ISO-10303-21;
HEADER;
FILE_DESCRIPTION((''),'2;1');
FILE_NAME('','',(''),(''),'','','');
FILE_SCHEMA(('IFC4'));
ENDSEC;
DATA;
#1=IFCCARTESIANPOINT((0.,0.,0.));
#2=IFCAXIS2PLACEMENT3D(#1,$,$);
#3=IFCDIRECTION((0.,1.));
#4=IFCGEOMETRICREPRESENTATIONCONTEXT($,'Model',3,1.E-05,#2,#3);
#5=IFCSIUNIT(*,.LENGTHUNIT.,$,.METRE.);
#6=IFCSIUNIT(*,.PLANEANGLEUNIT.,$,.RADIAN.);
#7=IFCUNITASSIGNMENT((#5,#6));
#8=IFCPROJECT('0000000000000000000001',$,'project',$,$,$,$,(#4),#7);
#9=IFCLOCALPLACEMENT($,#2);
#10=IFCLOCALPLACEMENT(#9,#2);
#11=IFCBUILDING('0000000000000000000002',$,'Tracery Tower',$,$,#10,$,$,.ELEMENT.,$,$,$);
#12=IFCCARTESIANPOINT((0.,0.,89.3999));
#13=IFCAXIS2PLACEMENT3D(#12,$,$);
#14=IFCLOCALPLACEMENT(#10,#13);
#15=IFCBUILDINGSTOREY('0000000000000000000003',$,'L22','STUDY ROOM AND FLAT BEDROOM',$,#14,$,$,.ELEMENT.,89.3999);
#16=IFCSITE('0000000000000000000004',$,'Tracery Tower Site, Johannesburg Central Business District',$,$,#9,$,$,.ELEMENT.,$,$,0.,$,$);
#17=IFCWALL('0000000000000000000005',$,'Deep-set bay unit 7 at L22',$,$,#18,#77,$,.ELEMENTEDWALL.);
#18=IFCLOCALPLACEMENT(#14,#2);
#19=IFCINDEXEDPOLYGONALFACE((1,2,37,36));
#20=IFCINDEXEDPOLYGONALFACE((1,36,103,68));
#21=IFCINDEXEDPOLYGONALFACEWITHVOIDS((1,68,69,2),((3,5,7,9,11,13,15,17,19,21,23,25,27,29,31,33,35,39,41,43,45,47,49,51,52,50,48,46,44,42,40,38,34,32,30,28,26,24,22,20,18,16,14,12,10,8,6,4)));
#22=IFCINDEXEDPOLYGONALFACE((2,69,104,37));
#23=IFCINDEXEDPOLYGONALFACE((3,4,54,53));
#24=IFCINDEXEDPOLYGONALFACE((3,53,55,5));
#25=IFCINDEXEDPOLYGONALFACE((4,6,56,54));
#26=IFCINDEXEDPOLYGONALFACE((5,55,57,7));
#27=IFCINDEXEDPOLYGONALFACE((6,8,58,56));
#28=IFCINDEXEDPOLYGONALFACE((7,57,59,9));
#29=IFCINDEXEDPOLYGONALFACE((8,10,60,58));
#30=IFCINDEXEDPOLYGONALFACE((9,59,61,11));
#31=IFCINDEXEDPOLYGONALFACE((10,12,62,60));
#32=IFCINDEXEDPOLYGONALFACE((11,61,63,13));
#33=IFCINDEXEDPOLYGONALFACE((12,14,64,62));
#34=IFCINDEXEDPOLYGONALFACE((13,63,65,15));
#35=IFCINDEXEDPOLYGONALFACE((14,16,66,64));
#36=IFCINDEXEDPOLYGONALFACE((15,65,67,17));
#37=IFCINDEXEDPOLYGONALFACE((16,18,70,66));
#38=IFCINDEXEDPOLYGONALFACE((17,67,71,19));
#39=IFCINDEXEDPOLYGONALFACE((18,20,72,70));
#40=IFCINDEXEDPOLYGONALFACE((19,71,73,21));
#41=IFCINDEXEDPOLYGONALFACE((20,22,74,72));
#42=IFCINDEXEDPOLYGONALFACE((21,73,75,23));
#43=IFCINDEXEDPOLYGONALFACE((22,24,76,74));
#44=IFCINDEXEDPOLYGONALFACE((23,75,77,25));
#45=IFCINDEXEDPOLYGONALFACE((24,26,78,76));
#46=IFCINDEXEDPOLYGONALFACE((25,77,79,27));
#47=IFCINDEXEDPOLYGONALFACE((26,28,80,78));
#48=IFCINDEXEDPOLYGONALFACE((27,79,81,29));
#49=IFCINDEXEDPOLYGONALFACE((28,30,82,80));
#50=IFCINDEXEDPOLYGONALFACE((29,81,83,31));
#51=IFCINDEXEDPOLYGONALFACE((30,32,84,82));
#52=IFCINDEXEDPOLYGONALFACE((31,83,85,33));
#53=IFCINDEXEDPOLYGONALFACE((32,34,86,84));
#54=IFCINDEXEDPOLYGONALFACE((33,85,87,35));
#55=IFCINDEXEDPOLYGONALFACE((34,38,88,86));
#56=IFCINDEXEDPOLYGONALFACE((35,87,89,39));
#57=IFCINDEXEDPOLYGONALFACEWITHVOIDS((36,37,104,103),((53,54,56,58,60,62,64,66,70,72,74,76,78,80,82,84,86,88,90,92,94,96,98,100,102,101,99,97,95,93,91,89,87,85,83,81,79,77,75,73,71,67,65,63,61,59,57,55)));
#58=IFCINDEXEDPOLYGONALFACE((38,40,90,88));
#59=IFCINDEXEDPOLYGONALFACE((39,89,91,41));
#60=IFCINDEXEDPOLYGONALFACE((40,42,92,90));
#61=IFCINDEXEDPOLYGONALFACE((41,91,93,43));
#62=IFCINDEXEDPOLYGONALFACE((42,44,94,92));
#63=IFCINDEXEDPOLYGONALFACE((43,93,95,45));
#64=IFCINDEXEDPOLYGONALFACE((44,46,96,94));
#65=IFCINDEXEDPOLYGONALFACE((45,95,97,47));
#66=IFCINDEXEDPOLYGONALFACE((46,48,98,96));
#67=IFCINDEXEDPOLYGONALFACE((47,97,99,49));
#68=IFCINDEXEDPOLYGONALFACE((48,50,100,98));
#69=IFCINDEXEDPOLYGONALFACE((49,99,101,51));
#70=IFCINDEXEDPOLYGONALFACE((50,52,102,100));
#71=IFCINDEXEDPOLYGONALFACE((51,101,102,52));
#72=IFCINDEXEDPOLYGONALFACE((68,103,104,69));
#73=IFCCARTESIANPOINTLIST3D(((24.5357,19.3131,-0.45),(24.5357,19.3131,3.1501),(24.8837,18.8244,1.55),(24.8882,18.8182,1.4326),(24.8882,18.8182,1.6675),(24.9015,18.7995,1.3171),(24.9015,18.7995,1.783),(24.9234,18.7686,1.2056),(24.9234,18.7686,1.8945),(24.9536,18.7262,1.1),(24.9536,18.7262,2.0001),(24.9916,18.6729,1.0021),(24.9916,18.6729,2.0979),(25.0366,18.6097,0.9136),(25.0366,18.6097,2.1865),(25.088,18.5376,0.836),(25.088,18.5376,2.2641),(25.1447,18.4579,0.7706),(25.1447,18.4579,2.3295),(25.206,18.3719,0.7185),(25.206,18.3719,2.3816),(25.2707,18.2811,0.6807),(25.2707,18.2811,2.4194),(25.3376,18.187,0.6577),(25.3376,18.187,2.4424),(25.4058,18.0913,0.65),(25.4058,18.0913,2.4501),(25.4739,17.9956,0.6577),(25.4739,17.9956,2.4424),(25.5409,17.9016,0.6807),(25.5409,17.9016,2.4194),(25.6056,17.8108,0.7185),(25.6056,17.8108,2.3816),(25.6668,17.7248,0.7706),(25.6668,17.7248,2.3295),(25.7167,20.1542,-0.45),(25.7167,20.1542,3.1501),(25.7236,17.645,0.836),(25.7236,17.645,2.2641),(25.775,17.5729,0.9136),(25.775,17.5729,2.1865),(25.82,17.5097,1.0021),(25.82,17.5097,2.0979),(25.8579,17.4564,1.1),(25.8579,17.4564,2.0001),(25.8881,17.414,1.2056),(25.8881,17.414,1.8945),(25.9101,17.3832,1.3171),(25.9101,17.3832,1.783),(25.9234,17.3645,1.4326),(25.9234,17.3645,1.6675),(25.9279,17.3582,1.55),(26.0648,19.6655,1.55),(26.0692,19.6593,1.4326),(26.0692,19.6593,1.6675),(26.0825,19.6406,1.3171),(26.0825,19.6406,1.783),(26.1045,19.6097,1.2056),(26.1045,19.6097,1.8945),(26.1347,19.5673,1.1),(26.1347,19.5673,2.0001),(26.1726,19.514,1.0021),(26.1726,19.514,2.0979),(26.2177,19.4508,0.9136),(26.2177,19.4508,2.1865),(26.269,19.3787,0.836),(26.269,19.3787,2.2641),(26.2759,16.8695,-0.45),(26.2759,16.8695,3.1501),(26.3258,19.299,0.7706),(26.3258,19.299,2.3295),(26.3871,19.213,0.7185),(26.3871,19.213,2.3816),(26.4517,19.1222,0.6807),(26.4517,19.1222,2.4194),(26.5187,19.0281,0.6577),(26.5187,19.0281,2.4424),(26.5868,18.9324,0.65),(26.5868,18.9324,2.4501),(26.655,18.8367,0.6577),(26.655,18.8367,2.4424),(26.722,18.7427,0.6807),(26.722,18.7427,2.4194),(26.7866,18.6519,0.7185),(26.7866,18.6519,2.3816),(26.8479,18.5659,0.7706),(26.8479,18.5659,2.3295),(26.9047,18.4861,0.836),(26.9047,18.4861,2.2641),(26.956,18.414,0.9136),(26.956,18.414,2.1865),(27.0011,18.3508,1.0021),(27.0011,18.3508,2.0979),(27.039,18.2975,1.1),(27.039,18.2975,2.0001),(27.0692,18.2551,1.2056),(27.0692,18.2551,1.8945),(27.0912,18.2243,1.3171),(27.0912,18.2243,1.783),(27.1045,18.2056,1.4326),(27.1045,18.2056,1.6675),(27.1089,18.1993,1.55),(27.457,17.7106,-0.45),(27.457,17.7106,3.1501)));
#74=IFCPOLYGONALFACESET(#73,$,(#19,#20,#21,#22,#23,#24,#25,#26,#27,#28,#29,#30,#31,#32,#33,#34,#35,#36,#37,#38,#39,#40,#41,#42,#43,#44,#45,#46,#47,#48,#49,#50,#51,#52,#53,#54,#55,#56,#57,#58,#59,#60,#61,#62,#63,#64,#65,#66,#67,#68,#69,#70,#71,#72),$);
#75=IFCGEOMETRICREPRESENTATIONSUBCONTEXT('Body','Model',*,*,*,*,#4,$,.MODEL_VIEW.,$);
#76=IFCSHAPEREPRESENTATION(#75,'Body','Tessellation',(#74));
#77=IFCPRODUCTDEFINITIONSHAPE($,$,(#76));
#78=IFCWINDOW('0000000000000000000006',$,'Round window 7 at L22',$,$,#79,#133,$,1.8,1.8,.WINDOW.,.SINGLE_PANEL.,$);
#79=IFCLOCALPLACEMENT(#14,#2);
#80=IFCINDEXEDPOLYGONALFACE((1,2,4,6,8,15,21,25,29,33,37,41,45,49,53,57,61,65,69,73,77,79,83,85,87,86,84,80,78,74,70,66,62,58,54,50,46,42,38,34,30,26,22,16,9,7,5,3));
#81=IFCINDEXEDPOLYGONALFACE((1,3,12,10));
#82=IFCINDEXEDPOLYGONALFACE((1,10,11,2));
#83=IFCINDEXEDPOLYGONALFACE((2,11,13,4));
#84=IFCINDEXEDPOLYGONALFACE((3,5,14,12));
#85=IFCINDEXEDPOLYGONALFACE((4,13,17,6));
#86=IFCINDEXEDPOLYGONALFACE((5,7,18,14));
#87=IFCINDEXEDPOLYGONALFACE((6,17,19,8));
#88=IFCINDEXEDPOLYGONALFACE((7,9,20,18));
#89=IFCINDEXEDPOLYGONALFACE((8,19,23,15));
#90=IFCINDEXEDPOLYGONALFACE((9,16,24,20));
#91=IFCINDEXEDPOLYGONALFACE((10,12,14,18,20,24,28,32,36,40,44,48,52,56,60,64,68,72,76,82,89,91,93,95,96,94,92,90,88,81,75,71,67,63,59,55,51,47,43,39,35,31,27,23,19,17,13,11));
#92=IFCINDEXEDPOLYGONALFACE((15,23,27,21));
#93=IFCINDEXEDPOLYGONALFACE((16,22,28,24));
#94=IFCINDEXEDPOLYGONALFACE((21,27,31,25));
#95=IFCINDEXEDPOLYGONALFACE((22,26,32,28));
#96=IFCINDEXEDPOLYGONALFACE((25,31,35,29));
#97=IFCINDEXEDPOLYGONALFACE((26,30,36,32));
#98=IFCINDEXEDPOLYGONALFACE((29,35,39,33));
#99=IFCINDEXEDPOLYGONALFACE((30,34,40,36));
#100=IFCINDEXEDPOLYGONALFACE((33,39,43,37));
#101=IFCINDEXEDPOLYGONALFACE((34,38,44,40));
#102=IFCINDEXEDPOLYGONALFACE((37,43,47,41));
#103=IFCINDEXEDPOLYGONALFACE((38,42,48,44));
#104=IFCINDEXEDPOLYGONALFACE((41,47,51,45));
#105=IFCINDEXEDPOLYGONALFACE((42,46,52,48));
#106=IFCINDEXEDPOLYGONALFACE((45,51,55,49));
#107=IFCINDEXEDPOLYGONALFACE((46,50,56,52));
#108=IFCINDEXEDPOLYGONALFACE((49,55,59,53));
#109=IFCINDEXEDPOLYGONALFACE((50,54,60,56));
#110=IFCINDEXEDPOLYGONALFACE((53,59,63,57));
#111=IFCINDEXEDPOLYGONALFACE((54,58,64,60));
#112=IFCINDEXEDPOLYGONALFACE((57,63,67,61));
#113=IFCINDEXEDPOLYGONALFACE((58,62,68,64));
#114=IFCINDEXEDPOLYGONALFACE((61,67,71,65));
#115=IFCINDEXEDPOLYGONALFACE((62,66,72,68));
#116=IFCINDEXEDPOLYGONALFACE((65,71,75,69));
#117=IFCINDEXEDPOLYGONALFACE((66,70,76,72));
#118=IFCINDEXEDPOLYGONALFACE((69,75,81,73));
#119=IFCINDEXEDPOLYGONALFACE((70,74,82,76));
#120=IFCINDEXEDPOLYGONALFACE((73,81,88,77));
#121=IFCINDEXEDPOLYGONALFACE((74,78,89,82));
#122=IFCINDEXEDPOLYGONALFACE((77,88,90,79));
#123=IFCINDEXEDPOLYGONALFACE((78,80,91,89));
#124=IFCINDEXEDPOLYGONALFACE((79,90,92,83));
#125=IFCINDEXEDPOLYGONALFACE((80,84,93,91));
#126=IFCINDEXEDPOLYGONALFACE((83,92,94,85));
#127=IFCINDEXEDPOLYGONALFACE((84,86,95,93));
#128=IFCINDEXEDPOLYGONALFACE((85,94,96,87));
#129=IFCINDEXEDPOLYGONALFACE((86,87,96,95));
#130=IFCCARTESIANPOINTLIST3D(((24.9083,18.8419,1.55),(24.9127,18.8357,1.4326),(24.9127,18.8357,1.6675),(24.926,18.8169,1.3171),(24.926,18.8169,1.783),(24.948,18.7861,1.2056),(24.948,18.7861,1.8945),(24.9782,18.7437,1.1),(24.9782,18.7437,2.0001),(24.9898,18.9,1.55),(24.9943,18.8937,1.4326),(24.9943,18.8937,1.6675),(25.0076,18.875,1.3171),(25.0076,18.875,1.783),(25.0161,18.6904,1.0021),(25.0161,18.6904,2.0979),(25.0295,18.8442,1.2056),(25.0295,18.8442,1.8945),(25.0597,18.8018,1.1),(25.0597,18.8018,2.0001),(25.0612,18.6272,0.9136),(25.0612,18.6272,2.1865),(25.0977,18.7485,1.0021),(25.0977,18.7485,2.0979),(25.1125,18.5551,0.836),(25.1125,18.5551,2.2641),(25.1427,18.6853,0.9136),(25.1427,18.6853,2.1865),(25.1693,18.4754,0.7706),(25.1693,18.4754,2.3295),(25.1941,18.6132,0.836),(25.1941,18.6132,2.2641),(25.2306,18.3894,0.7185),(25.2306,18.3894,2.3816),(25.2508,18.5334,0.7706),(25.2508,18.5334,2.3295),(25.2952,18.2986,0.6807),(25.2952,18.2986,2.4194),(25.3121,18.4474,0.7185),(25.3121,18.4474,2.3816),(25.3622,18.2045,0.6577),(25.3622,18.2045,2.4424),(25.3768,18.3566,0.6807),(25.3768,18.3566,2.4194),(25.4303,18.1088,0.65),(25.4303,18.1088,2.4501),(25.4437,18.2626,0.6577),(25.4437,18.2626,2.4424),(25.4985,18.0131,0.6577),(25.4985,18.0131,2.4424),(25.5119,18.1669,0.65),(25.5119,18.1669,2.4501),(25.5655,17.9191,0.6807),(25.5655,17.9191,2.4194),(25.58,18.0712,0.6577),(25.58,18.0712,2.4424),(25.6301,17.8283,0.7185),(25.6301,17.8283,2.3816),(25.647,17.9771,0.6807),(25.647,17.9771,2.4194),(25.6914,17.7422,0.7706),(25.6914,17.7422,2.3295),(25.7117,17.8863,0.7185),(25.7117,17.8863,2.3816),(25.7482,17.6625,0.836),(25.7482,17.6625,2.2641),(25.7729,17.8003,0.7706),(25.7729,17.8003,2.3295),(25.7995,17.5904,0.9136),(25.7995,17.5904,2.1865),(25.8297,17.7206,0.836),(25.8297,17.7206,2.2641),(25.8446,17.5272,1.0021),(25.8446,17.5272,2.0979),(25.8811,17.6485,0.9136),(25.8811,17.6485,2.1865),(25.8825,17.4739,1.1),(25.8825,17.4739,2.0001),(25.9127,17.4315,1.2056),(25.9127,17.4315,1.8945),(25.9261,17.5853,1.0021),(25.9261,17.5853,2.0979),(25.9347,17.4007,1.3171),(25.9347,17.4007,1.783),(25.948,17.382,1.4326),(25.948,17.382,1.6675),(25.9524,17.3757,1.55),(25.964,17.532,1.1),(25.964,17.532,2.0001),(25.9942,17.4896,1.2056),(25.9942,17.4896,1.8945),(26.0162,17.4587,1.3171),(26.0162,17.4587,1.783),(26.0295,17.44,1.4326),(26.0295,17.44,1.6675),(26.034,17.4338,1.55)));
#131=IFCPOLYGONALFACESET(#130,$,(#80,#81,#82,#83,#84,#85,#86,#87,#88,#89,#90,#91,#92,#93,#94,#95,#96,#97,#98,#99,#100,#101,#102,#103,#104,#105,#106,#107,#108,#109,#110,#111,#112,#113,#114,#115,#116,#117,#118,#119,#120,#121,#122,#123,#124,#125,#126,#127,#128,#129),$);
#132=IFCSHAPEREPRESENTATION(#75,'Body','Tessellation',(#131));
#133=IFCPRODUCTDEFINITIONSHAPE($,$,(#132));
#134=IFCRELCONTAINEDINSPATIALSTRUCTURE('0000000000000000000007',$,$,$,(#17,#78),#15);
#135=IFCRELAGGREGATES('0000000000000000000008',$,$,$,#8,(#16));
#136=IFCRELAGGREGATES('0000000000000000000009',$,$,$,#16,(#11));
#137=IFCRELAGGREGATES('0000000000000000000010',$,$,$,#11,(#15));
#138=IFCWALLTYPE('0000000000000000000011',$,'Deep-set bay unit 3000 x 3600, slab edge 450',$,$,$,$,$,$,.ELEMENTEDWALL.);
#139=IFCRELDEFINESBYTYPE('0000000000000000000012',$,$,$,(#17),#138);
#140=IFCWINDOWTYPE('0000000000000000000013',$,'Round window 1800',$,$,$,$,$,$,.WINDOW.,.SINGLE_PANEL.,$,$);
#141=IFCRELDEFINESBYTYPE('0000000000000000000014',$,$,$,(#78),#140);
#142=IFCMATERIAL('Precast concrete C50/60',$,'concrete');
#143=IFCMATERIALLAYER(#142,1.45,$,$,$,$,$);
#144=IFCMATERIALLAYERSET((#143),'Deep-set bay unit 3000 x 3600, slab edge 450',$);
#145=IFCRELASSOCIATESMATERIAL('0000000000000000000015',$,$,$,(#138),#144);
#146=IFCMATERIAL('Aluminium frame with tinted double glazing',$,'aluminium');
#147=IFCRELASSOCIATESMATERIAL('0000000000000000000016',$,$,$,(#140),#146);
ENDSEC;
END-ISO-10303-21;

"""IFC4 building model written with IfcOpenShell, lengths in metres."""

from ifc_helpers import new_model, si_unit, direction, frame, frame_2d, origin, origin_2d, place, context, subcontext, project, spatial, rectangle, circle, extrude, material, layer, layer_set, type_object, element, fill, save


model = new_model("IFC4")

# Units and contexts
model_context = context("Model", 3, precision=1e-05, world=origin(), true_north=direction((0.0, 1.0)))
body_context = subcontext(model_context, "Body", "Model", "MODEL_VIEW")
ifc_project = project(units=[si_unit("LENGTHUNIT", "METRE"), si_unit("PLANEANGLEUNIT", "RADIAN")], contexts=[model_context])

# Site, building, storey
site_placement = place(None, origin())
site = spatial("IfcSite", under=ifc_project, at=site_placement, Name="Tracery Tower Site, Johannesburg Central Business District", CompositionType="ELEMENT", RefElevation=0.0)
building_placement = place(site_placement, origin())
building = spatial("IfcBuilding", under=site, at=building_placement, Name="Tracery Tower", CompositionType="ELEMENT")
storey_placement = place(building_placement, frame((0.0, 0.0, 89.3999)))
storey = spatial("IfcBuildingStorey", under=building, at=storey_placement, Name="L22", Description="STUDY ROOM AND FLAT BEDROOM", CompositionType="ELEMENT", Elevation=89.3999)

# Wall, opening, window
ifc_material_1 = material(Name="Precast concrete C50/60", Category="concrete")
ifc_layer_1 = layer(ifc_material_1, 1.45)
ifc_layer_set_1 = layer_set([ifc_layer_1], Name="Deep-set bay unit 3000 x 3600, slab edge 450")
wall_type_1 = type_object("IfcWallType", Name="Deep-set bay unit 3000 x 3600, slab edge 450", PredefinedType="ELEMENTEDWALL", material=ifc_layer_set_1)
wall_1_placement = place(storey_placement, frame((26.8665, 17.29, -0.45), z_axis=(0.0, 0.0, 1.0), x_axis=(-0.580091, 0.814552, 0.0)))
wall_1 = element("IfcWall", 1, at=wall_1_placement, inside=storey, type_object=wall_type_1, Name="Deep-set bay unit 7 at L22", PredefinedType="ELEMENTEDWALL", context=body_context, shape_type="SweptSolid", body=[
    extrude(rectangle(XDim=3.0, YDim=1.45, at=frame_2d((1.5, 0.0))), origin(), (0.0, 0.0, 1.0), 3.6001),
])
opening_1_placement = place(wall_1_placement, frame((1.5, 0.0, 2.0)))
opening_1 = element("IfcOpeningElement", 2, at=opening_1_placement, cuts=wall_1, PredefinedType="OPENING", context=body_context, shape_type="SweptSolid", body=[
    extrude(circle(Radius=0.9, at=origin_2d()), frame((0.0, 0.7349, 0.0), z_axis=(0.0, -1.0, 0.0), x_axis=(1.0, 0.0, 0.0)), (0.0, 0.0, 1.0), 1.47),
])
ifc_material_2 = material(Name="Aluminium frame with tinted double glazing", Category="aluminium")
window_type = type_object("IfcWindowType", Name="Round window 1800", PartitioningType="SINGLE_PANEL", PredefinedType="WINDOW", material=ifc_material_2)
window_1_placement = place(opening_1_placement, origin())
window_1 = element("IfcWindow", 3, at=window_1_placement, inside=storey, type_object=window_type, Name="Round window 7 at L22", OverallHeight=1.8, OverallWidth=1.8, PartitioningType="SINGLE_PANEL", PredefinedType="WINDOW", context=body_context, shape_type="SweptSolid", body=[
    extrude(circle(Radius=0.9, at=origin_2d()), frame((0.0, 0.6948, 0.0), z_axis=(0.0, -1.0, 0.0), x_axis=(1.0, 0.0, 0.0)), (0.0, 0.0, 1.0), 0.1001),
])
fill(opening_1, window_1)

save(model, "model.ifc")
